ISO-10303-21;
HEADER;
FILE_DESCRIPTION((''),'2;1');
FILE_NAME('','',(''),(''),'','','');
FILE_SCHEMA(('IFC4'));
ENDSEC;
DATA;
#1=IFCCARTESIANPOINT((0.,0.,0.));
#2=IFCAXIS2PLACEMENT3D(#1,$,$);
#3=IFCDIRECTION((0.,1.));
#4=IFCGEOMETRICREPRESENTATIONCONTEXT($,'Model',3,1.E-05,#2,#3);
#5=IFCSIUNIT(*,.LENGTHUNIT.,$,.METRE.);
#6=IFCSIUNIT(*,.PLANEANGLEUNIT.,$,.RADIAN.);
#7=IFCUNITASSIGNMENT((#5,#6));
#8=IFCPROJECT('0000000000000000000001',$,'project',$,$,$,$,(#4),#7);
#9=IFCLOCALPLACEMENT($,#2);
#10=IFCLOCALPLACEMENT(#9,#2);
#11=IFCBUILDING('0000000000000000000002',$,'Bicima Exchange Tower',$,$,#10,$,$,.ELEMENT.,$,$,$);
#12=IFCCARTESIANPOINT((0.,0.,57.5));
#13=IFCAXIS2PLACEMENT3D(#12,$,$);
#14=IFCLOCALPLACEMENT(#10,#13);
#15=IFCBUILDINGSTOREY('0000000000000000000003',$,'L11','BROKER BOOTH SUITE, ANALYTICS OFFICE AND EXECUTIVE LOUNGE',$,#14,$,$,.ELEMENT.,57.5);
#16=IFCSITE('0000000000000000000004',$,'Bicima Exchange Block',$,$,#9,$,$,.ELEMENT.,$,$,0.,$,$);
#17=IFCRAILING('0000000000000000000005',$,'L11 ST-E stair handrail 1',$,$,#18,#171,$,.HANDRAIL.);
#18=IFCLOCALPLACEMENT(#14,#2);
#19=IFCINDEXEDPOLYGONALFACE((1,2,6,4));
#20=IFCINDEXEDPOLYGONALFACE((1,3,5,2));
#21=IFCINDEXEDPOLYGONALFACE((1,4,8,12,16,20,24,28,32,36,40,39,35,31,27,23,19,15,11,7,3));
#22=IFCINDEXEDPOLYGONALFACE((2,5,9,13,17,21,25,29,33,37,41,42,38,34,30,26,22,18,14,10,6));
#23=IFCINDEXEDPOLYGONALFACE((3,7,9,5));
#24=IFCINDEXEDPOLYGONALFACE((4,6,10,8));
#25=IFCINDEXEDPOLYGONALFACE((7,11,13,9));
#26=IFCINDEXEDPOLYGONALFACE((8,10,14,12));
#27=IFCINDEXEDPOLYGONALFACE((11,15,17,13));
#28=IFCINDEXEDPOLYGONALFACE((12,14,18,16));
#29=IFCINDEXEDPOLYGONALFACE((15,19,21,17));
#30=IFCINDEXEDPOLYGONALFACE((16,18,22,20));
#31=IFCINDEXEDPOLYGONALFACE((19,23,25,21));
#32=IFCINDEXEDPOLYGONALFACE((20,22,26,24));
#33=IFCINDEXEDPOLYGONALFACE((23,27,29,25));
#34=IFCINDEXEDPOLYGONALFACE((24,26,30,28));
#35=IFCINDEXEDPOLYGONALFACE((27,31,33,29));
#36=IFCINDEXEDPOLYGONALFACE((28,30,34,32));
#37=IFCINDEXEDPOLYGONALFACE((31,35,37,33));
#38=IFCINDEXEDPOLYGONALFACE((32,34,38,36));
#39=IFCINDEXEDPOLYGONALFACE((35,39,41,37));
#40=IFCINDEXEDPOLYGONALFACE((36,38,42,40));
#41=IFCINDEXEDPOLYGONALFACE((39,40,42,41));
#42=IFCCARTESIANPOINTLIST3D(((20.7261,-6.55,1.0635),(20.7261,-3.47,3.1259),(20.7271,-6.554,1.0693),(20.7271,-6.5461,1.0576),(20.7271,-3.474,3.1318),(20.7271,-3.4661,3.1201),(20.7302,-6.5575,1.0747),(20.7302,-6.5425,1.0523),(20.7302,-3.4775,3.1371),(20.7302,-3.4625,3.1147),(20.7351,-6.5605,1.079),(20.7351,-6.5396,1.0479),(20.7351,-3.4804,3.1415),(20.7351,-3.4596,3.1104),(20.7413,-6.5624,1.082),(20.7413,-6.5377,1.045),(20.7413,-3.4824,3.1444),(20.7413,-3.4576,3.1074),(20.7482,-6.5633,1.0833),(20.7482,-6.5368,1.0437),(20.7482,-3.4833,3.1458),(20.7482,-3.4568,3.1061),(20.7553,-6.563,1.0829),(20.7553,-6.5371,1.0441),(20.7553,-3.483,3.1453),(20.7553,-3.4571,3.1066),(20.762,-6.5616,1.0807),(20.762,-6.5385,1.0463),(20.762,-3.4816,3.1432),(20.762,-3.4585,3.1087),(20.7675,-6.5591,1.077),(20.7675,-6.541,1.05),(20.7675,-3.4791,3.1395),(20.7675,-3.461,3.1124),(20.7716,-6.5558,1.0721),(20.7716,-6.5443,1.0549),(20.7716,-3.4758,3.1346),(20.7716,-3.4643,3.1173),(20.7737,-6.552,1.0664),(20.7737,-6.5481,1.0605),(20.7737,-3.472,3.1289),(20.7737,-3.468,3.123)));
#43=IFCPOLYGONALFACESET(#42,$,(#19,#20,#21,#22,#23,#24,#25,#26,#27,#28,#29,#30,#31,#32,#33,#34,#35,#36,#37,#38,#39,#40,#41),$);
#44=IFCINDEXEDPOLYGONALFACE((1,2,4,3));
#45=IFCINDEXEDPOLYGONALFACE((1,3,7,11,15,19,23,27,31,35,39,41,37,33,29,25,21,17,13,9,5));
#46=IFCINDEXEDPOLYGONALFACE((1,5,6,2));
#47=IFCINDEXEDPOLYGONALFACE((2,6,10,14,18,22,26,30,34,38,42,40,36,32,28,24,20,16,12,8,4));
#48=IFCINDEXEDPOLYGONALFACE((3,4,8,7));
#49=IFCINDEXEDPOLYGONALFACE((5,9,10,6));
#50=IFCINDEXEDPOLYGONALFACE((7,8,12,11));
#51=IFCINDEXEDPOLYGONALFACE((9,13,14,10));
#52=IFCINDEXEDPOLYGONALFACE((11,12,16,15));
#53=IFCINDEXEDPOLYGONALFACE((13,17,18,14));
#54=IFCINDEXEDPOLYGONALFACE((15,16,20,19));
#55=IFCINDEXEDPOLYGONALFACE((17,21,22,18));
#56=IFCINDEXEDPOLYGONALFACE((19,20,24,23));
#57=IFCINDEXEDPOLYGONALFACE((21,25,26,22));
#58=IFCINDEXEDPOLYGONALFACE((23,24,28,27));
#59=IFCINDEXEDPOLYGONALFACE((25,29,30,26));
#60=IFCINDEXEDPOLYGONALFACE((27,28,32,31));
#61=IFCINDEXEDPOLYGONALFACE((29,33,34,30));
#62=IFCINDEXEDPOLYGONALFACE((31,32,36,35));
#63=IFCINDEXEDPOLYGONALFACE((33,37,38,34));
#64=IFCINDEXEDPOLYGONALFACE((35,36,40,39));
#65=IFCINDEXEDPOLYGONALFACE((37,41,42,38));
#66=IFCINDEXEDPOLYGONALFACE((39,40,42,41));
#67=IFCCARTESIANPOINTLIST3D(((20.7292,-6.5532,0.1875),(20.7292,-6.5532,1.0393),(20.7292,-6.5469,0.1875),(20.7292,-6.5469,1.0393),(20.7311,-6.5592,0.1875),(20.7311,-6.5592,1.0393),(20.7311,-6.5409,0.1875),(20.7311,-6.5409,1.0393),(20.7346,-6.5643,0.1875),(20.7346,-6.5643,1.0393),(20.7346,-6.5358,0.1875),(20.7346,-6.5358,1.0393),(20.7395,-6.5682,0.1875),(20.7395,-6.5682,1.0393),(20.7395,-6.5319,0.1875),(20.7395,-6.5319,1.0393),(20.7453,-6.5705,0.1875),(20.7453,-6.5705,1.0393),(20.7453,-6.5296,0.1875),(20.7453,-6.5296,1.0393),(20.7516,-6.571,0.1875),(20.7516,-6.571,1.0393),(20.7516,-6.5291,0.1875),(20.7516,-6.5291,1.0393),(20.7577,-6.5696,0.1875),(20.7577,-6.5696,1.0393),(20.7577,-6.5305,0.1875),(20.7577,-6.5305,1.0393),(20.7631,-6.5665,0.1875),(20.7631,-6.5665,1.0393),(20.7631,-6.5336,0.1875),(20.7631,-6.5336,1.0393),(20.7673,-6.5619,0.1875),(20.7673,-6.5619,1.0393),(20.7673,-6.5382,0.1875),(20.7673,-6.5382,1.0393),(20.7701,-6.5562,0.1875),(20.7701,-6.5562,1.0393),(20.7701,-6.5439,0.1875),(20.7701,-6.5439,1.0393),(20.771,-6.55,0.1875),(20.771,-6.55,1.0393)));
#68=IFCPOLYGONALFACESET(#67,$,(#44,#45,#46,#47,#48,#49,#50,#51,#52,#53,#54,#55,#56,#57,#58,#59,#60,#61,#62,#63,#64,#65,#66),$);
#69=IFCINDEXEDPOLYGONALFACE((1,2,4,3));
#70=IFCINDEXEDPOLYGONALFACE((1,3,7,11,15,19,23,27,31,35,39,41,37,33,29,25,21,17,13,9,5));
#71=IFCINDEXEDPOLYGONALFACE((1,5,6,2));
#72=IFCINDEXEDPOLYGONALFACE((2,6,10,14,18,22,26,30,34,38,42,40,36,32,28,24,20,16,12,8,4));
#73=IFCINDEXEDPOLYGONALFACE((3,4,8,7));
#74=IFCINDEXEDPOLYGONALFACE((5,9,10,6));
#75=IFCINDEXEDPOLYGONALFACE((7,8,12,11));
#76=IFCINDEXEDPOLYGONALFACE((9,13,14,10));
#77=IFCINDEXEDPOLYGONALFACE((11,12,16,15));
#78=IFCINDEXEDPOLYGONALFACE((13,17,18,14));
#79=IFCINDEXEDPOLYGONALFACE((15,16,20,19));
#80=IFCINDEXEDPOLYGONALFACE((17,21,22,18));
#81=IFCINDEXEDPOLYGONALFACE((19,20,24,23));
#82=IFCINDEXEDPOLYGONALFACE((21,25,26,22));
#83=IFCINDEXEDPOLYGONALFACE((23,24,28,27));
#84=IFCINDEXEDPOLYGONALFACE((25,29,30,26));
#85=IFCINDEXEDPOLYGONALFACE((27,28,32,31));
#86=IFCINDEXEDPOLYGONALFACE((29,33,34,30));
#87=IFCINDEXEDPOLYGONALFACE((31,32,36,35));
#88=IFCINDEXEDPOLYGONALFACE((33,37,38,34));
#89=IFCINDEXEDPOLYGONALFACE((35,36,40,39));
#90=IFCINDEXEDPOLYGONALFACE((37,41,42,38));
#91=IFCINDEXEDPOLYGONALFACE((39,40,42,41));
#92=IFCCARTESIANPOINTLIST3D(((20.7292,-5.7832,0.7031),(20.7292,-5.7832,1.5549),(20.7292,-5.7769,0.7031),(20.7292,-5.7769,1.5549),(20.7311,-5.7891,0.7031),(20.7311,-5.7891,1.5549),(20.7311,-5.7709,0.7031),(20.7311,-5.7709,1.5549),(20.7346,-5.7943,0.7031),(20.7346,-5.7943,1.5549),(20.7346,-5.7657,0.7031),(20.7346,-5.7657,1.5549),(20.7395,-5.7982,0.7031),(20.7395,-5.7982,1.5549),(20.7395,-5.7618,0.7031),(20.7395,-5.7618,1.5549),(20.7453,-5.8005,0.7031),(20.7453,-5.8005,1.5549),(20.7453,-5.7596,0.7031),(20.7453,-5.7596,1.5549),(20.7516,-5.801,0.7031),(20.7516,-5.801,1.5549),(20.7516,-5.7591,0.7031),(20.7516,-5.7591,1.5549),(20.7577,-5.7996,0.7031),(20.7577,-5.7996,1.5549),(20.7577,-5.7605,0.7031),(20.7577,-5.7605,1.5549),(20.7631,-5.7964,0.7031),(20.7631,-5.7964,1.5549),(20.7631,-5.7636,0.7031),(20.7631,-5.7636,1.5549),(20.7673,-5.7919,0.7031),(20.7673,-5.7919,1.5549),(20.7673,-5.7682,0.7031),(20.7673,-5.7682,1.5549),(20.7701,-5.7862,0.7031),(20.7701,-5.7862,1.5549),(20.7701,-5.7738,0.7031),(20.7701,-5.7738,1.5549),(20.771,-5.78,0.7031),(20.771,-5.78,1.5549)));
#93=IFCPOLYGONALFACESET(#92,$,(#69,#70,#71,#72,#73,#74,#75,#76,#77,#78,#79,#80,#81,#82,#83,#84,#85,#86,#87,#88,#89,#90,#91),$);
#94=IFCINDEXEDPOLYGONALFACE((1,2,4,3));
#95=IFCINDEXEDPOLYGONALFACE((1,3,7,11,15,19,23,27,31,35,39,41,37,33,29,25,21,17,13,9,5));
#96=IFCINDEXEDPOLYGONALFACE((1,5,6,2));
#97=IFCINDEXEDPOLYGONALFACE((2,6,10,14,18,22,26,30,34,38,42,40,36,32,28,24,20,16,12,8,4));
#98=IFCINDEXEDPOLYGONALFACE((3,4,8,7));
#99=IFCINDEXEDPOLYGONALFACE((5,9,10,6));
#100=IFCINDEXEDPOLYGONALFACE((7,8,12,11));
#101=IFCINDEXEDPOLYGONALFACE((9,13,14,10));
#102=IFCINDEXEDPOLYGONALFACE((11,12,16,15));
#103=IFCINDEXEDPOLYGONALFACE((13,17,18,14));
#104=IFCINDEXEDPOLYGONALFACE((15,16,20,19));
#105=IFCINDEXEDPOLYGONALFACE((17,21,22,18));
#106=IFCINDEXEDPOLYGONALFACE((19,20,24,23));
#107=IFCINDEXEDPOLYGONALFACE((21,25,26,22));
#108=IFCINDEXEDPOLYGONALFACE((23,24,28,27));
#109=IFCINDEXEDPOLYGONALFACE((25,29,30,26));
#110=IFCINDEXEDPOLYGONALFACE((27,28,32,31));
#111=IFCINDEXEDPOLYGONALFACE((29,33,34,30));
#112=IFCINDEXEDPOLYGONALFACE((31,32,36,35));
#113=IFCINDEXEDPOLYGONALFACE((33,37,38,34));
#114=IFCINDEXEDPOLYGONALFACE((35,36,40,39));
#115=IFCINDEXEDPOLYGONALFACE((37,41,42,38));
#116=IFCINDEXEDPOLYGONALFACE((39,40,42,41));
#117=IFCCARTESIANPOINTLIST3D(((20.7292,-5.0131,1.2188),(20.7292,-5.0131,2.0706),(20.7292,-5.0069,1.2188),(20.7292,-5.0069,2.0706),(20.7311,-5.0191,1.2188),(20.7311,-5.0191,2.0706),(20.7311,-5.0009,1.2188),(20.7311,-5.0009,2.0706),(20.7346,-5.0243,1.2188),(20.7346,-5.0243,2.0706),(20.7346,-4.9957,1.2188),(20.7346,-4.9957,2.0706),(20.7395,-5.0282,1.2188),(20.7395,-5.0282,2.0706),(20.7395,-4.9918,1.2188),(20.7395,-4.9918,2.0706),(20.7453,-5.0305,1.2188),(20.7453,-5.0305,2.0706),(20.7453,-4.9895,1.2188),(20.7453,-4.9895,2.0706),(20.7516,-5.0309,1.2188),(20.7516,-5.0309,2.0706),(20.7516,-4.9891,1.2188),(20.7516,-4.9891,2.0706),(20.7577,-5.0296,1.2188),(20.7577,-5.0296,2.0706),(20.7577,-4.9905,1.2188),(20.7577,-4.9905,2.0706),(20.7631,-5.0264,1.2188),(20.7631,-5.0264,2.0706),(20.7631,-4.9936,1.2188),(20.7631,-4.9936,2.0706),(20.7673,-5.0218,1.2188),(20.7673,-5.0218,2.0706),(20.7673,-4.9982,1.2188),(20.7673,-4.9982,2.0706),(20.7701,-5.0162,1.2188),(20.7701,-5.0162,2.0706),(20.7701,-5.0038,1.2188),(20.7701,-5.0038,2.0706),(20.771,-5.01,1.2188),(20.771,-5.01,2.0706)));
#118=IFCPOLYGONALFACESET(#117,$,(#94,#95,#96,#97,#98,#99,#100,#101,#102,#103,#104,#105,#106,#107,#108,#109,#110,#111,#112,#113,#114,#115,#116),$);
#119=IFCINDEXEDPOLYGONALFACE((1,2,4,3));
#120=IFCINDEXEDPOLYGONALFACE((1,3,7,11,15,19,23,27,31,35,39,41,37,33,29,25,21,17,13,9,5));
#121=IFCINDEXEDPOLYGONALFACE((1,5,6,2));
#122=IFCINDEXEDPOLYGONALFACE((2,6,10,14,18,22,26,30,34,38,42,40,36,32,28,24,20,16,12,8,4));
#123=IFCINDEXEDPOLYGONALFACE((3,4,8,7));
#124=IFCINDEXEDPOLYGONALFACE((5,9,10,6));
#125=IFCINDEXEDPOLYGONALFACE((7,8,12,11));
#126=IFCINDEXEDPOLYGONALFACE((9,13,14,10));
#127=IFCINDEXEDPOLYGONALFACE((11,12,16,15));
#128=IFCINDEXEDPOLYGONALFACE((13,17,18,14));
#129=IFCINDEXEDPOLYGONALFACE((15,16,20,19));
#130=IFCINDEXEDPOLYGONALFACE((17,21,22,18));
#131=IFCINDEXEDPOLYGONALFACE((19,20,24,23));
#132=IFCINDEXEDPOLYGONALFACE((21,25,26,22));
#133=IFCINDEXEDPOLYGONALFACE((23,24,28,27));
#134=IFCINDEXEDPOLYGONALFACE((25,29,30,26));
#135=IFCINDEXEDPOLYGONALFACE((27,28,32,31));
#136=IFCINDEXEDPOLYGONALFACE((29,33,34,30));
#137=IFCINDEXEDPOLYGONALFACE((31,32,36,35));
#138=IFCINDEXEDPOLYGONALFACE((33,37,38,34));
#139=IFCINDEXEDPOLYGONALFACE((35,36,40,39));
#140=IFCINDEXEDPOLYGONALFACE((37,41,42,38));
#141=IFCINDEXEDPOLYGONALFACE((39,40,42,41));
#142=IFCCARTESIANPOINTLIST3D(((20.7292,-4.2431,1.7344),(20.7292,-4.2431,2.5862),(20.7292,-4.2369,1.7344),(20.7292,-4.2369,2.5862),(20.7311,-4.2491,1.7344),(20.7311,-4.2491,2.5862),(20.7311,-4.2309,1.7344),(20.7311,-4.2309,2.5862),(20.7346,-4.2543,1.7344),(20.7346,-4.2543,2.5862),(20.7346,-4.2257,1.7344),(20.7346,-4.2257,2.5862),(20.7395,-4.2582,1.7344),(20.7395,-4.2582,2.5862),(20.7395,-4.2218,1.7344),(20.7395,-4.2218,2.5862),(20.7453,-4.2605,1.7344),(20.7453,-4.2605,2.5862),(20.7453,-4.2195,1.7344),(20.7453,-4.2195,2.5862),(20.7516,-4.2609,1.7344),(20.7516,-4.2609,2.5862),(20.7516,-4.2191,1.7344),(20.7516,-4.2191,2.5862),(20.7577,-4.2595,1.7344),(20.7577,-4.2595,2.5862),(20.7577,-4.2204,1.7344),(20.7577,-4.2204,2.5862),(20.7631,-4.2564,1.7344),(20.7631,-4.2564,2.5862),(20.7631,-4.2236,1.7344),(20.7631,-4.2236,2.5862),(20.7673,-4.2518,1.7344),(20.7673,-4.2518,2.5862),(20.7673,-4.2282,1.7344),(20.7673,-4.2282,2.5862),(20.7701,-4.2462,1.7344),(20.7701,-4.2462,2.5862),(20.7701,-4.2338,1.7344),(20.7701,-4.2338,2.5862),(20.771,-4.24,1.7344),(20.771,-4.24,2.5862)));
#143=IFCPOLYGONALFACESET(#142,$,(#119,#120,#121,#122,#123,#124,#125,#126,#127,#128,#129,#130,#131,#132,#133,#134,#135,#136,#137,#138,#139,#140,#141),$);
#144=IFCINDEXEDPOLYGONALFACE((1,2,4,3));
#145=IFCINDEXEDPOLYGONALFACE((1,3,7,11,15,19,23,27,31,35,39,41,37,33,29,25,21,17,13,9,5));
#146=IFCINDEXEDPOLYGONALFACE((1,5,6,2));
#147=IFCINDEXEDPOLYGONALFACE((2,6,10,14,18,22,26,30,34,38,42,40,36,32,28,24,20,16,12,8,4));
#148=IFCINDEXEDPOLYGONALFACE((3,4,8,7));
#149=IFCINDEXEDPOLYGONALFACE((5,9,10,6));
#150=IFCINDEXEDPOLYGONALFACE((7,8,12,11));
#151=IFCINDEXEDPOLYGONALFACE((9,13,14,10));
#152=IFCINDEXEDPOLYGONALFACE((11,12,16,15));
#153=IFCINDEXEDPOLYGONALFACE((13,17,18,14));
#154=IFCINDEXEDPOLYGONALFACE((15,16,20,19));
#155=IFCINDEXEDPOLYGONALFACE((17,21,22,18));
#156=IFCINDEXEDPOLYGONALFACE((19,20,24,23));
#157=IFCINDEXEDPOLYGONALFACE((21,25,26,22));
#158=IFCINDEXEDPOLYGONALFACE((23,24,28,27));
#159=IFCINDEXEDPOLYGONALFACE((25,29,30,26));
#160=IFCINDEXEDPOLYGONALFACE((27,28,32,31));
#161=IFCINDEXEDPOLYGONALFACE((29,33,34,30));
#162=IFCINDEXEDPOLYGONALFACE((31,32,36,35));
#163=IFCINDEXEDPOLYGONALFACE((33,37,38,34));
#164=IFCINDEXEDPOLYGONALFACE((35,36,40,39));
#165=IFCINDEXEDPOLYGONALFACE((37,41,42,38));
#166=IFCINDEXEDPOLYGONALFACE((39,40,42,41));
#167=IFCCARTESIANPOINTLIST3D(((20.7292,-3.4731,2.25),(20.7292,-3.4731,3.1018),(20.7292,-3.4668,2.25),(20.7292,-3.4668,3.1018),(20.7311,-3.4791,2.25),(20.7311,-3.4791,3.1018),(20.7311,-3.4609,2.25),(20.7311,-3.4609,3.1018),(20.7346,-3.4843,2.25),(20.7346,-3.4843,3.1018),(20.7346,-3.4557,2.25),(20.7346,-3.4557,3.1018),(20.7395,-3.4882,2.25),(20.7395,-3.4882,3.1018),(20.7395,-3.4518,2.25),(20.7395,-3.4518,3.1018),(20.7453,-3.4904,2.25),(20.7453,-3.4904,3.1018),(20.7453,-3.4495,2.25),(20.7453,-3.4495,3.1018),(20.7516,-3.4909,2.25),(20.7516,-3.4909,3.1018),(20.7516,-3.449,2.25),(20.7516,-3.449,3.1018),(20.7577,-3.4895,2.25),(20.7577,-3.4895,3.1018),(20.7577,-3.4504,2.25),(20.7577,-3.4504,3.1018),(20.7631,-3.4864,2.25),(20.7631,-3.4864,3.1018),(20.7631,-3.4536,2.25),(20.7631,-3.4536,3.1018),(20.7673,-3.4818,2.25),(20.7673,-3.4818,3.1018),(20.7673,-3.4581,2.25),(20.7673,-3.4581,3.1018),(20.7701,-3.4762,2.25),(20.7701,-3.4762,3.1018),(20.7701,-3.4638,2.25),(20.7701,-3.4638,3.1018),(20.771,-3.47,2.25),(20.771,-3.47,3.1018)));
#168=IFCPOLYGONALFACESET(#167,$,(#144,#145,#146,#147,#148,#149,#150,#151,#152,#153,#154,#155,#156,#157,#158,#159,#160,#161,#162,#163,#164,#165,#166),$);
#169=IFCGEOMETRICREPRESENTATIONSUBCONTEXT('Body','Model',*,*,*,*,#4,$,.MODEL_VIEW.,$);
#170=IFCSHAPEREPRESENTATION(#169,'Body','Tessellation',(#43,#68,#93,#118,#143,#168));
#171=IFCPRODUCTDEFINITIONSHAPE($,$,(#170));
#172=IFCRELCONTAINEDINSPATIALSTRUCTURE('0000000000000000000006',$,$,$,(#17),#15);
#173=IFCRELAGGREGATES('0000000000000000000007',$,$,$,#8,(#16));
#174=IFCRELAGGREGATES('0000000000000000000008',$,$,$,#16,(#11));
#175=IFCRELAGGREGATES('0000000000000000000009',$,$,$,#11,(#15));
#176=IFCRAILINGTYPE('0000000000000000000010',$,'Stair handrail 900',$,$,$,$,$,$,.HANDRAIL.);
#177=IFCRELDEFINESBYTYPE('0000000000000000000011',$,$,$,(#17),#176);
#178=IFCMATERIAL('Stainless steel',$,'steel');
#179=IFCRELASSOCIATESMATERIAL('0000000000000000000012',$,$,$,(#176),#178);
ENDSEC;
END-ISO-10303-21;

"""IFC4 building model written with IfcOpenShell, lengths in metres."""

from ifc_helpers import new_model, si_unit, direction, frame, origin, origin_2d, place, context, subcontext, project, spatial, circle, extrude, material, type_object, element, save


model = new_model("IFC4")

# Units and contexts
model_context = context("Model", 3, precision=1e-05, world=origin(), true_north=direction((0.0, 1.0)))
body_context = subcontext(model_context, "Body", "Model", "MODEL_VIEW")
ifc_project = project(units=[si_unit("LENGTHUNIT", "METRE"), si_unit("PLANEANGLEUNIT", "RADIAN")], contexts=[model_context])

# Site, building, storey
site_placement = place(None, origin())
site = spatial("IfcSite", under=ifc_project, at=site_placement, Name="Bicima Exchange Block", CompositionType="ELEMENT", RefElevation=0.0)
building_placement = place(site_placement, origin())
building = spatial("IfcBuilding", under=site, at=building_placement, Name="Bicima Exchange Tower", CompositionType="ELEMENT")
storey_placement = place(building_placement, frame((0.0, 0.0, 57.5)))
storey = spatial("IfcBuildingStorey", under=building, at=storey_placement, Name="L11", Description="BROKER BOOTH SUITE, ANALYTICS OFFICE AND EXECUTIVE LOUNGE", CompositionType="ELEMENT", Elevation=57.5)

# Railing
ifc_material_1 = material(Name="Stainless steel", Category="steel")
railing_type = type_object("IfcRailingType", Name="Stair handrail 900", PredefinedType="HANDRAIL", material=ifc_material_1)
railing_1_placement = place(storey_placement, frame((20.75, -6.55, 0.1875)))
element("IfcRailing", 1, at=railing_1_placement, inside=storey, type_object=railing_type, Name="L11 ST-E stair handrail 1", PredefinedType="HANDRAIL", context=body_context, shape_type="SweptSolid", body=[
    extrude(circle(Radius=0.0239, at=origin_2d()), frame((0.0, 0.0, 0.876), z_axis=(0.0, 0.830914, 0.556401), x_axis=(-1.0, 0.0, 0.0)), (0.0, 0.0, 1.0), 3.7068),
    extrude(circle(Radius=0.021, at=origin_2d()), origin(), (0.0, 0.0, 1.0), 0.8518),
    extrude(circle(Radius=0.021, at=origin_2d()), frame((0.0, 0.77, 0.5156)), (0.0, 0.0, 1.0), 0.8518),
    extrude(circle(Radius=0.021, at=origin_2d()), frame((0.0, 1.54, 1.0312)), (0.0, 0.0, 1.0), 0.8518),
    extrude(circle(Radius=0.021, at=origin_2d()), frame((0.0, 2.3101, 1.5469)), (0.0, 0.0, 1.0), 0.8518),
    extrude(circle(Radius=0.021, at=origin_2d()), frame((0.0, 3.0801, 2.0625)), (0.0, 0.0, 1.0), 0.8518),
])

save(model, "model.ifc")
